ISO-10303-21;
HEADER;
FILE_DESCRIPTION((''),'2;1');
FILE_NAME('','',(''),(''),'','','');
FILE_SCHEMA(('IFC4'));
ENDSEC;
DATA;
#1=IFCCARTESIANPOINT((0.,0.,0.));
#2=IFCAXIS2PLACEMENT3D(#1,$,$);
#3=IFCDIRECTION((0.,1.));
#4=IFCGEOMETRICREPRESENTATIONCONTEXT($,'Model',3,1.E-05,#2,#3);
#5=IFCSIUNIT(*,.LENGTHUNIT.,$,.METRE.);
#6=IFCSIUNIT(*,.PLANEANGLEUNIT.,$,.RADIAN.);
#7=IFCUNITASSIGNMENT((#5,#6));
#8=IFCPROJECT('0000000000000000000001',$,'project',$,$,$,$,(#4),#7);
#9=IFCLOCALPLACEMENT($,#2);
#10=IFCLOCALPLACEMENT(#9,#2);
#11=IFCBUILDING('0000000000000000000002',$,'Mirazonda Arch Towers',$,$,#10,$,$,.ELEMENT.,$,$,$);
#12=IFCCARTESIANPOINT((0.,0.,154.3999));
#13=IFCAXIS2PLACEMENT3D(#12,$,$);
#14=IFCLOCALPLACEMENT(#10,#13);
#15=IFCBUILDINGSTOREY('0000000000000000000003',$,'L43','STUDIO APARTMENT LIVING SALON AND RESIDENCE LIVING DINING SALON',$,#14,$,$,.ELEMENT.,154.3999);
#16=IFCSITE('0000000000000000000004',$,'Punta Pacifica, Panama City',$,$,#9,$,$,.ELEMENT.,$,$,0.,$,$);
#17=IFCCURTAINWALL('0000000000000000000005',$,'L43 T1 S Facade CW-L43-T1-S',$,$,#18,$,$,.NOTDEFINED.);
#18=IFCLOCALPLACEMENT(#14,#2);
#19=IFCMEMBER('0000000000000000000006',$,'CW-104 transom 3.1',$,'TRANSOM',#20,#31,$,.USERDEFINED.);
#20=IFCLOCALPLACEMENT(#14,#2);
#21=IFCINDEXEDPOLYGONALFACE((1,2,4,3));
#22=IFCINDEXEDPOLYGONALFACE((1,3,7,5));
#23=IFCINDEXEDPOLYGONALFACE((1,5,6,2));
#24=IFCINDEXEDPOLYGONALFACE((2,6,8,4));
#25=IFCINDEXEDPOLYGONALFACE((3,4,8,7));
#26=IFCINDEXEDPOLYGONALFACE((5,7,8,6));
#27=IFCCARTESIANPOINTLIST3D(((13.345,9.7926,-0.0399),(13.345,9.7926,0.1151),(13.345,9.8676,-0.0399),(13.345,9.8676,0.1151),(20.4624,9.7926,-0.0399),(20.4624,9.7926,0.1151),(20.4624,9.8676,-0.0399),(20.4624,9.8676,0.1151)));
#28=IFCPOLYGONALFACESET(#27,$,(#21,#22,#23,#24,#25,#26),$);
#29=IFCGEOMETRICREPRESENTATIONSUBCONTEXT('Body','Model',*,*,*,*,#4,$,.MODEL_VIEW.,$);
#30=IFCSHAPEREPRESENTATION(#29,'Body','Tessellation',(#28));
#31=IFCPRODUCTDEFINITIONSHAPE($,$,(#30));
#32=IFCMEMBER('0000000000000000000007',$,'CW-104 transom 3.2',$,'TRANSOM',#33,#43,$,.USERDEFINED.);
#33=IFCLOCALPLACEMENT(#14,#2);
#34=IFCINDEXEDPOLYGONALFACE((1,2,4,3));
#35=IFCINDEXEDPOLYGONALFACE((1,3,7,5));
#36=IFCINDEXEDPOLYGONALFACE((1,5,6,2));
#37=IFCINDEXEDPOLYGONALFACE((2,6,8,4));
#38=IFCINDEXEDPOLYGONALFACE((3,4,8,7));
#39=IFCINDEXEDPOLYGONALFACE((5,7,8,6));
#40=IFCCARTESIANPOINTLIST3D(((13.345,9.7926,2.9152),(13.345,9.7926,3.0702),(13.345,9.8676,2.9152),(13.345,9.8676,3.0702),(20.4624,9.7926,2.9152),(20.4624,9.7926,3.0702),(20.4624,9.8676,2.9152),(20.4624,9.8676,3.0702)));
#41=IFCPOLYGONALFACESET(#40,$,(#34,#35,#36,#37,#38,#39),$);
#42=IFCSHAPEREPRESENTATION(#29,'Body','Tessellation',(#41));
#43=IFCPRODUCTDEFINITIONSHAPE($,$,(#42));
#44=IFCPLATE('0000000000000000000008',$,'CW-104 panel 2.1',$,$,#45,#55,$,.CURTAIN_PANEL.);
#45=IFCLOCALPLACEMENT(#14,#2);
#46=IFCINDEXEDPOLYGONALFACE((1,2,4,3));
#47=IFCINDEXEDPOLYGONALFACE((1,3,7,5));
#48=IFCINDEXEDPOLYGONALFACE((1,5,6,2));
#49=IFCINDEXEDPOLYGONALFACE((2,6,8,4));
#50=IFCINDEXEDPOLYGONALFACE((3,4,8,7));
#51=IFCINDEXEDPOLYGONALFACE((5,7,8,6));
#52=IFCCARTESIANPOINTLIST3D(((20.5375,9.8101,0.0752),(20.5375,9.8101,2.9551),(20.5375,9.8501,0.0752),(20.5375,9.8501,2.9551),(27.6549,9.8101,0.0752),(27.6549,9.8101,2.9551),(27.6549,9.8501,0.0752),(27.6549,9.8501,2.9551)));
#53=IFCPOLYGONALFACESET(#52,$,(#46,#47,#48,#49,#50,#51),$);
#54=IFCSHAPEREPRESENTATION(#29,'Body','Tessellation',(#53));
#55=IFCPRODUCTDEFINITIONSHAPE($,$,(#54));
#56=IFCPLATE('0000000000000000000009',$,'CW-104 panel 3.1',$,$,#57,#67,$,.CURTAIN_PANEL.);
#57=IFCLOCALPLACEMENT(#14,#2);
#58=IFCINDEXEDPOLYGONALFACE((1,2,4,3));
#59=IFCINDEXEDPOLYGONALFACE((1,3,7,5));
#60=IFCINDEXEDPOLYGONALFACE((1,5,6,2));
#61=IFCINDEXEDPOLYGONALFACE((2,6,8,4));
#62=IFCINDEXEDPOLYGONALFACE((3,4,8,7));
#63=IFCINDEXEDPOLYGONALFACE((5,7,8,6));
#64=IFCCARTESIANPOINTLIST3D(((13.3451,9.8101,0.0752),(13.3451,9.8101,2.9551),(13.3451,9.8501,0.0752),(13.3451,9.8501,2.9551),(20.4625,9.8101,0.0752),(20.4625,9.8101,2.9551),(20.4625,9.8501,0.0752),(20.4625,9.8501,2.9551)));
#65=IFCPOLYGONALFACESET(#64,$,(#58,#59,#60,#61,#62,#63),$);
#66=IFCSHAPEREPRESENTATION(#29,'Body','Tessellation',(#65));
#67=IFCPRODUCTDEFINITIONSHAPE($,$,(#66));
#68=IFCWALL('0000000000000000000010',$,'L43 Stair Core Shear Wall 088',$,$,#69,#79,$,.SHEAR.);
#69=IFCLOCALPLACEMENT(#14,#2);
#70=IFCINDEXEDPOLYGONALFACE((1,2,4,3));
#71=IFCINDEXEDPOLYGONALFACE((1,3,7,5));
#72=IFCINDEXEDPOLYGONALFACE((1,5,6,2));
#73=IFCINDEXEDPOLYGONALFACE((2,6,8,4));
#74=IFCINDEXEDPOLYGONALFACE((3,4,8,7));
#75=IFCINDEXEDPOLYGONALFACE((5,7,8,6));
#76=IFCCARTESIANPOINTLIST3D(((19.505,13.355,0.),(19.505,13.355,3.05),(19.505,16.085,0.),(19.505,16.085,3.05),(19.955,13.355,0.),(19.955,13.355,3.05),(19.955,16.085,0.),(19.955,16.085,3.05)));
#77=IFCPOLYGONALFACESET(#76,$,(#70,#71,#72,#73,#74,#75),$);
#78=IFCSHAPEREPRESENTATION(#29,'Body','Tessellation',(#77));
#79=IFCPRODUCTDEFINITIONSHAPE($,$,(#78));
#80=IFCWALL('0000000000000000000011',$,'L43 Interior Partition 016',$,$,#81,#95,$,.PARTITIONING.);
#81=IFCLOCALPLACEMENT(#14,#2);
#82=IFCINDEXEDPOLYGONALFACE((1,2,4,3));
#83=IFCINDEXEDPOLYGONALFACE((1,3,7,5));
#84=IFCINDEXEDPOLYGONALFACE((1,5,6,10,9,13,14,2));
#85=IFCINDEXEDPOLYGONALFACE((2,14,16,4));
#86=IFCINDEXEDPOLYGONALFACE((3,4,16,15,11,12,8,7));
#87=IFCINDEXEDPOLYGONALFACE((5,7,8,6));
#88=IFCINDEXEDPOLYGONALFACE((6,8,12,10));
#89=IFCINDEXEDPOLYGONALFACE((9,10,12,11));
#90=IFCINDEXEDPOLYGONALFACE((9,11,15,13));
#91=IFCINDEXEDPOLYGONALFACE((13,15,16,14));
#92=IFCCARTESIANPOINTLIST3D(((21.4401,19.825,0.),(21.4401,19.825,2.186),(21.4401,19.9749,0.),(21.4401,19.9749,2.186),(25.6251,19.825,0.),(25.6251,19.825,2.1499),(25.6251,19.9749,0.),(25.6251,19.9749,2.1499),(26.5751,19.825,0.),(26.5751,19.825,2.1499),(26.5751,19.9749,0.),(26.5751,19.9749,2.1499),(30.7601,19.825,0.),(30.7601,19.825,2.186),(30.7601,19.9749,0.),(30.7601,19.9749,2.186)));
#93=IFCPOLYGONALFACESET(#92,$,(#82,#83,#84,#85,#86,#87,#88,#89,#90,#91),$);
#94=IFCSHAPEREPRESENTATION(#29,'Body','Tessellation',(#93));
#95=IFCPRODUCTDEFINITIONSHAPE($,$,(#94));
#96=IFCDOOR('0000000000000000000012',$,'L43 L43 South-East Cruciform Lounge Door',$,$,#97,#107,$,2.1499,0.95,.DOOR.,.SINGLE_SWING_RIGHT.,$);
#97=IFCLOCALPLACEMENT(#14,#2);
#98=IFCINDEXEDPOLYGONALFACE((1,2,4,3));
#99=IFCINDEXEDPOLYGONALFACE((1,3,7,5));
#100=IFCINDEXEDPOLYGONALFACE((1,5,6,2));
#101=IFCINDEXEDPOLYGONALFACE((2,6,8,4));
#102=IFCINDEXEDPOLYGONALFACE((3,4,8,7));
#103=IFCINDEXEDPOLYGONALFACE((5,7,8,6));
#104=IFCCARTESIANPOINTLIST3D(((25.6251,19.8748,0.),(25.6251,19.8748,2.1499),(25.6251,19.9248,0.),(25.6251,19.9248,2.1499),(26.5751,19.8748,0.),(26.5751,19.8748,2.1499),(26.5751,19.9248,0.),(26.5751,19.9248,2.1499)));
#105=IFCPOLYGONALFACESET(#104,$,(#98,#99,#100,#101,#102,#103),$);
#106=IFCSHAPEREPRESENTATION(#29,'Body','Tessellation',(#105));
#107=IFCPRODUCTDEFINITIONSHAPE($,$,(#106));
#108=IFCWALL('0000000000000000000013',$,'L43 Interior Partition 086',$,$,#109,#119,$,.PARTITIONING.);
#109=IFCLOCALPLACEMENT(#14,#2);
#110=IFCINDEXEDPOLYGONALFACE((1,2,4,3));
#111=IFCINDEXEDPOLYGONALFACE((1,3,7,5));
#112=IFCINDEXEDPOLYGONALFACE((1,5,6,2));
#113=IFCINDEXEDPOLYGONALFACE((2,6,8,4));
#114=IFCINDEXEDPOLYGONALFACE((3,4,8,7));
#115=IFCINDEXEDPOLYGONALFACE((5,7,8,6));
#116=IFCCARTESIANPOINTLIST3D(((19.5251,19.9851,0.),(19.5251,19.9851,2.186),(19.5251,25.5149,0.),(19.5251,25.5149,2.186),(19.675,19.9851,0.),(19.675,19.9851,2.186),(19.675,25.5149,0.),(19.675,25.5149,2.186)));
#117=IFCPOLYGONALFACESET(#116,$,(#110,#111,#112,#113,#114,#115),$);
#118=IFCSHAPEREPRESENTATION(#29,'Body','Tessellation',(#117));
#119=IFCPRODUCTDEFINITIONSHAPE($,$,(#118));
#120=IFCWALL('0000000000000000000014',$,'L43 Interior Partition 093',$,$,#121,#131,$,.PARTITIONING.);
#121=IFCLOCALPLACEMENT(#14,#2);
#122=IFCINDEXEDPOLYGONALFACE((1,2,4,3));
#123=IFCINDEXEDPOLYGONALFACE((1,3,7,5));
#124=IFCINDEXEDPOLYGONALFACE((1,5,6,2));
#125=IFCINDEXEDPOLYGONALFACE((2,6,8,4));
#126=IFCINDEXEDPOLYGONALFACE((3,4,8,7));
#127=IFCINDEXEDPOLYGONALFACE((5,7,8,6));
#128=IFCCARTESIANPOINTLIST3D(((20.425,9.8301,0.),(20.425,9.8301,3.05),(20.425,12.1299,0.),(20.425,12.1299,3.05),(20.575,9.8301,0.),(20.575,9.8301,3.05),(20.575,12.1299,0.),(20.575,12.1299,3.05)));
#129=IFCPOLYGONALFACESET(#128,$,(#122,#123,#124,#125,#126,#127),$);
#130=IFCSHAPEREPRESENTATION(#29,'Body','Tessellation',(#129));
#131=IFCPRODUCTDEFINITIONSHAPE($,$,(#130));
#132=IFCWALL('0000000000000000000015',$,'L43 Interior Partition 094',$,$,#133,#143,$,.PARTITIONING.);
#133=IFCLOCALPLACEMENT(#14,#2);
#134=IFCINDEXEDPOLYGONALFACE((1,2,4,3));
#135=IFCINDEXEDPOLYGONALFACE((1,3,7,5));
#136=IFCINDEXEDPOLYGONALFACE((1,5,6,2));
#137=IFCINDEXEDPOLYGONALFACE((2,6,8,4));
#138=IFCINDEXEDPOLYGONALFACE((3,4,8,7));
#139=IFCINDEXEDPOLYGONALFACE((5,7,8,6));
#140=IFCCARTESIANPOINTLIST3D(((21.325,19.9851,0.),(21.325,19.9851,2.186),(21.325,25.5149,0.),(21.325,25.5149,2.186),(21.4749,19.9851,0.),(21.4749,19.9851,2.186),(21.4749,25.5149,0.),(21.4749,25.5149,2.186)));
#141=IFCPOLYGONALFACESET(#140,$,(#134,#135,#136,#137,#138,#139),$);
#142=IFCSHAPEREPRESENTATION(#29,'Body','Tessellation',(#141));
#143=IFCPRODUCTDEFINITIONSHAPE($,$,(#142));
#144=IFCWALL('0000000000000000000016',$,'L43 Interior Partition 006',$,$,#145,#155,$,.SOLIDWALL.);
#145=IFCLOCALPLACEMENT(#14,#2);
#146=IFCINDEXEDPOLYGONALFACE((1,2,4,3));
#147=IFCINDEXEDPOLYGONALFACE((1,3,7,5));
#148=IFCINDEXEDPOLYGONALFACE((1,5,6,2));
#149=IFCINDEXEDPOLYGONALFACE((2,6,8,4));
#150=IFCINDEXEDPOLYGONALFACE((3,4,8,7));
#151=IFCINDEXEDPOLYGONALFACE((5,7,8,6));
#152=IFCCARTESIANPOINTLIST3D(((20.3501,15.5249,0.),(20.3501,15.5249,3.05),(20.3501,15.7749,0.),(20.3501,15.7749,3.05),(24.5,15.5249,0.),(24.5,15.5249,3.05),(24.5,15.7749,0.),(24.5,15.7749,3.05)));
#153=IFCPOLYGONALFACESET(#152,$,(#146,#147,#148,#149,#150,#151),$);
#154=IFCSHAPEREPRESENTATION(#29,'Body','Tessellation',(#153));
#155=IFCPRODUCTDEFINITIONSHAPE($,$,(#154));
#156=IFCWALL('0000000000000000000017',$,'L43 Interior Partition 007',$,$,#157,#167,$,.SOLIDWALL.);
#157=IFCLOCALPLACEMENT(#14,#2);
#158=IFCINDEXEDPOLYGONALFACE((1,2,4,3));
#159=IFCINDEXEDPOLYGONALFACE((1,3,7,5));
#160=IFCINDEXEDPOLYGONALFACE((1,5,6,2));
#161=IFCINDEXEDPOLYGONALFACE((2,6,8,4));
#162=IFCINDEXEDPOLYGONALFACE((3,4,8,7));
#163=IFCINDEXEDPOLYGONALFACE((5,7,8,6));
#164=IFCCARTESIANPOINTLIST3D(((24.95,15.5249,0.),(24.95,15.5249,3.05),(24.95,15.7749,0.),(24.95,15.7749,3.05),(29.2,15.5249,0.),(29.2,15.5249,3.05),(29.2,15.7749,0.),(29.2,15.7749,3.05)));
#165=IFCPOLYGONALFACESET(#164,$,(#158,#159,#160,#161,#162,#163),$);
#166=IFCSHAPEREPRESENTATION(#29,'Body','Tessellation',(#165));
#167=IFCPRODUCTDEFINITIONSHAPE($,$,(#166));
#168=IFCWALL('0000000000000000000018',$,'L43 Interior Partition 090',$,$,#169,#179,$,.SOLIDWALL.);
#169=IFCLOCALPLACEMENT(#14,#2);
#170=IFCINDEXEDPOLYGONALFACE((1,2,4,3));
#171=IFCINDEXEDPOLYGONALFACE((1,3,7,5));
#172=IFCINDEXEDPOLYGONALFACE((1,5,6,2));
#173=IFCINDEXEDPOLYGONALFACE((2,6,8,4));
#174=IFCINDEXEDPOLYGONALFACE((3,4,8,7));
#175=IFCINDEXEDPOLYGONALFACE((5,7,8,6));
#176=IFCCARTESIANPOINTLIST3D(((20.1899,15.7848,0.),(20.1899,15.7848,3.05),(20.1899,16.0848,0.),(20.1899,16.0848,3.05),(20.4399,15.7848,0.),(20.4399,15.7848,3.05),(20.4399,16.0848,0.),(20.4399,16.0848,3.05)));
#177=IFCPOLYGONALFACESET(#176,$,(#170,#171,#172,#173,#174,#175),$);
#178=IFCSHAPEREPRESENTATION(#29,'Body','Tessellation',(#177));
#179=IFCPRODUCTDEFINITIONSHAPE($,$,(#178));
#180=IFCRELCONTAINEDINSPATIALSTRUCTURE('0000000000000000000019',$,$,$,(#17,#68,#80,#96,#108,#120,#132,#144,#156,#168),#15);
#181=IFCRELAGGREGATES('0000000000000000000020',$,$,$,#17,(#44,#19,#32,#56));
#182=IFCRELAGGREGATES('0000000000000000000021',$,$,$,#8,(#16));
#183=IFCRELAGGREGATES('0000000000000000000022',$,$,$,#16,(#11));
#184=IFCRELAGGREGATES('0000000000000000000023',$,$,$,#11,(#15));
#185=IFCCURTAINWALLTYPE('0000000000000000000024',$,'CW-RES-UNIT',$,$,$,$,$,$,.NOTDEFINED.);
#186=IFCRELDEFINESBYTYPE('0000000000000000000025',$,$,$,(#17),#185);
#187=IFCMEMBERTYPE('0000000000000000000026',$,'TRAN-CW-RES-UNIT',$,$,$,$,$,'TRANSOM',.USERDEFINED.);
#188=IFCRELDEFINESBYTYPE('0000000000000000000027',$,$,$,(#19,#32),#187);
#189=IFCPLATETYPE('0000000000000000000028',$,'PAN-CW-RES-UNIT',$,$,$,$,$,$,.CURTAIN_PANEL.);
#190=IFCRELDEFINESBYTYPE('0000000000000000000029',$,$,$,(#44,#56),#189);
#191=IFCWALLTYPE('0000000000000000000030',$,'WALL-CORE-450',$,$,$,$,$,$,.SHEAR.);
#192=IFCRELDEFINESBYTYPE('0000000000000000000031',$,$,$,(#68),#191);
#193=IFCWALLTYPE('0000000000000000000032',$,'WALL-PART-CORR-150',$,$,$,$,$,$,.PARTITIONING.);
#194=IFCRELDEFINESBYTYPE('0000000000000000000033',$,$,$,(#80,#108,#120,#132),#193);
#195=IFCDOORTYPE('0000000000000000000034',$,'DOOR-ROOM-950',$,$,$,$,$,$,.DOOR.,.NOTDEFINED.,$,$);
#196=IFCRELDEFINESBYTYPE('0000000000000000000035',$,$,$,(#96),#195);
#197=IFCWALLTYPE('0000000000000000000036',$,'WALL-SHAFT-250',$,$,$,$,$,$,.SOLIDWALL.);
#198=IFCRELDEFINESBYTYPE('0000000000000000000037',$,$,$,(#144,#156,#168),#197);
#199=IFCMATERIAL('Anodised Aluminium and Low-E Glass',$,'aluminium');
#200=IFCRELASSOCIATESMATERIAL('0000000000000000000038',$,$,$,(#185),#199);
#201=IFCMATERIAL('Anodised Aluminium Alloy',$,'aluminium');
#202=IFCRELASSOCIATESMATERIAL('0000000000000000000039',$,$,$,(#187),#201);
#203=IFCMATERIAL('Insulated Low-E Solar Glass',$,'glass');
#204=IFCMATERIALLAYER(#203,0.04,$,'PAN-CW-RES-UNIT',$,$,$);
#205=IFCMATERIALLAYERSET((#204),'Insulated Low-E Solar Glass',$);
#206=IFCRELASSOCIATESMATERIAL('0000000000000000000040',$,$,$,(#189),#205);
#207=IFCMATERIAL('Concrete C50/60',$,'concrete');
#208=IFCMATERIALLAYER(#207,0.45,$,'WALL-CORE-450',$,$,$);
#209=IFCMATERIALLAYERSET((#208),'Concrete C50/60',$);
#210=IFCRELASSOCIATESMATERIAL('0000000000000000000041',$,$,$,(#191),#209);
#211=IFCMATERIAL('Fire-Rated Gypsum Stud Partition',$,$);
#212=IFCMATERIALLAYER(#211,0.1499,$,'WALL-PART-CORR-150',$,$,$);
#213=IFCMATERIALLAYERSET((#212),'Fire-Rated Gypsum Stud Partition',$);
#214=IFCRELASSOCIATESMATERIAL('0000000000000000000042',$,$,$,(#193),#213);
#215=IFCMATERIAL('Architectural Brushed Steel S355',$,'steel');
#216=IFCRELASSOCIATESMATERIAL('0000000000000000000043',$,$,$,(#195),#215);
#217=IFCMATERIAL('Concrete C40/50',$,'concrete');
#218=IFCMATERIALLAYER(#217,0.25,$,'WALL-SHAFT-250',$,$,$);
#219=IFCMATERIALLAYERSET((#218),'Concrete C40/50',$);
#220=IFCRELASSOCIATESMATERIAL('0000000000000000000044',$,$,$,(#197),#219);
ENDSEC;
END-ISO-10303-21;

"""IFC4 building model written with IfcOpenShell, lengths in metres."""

from ifc_helpers import new_model, si_unit, direction, frame, frame_2d, origin, origin_2d, place, context, subcontext, project, spatial, rectangle, extrude, material, layer, layer_set, material_profile, profile_set, type_object, element, fill, aggregate, save


model = new_model("IFC4")

# Units and contexts
model_context = context("Model", 3, precision=1e-05, world=origin(), true_north=direction((0.0, 1.0)))
body_context = subcontext(model_context, "Body", "Model", "MODEL_VIEW")
ifc_project = project(units=[si_unit("LENGTHUNIT", "METRE"), si_unit("PLANEANGLEUNIT", "RADIAN")], contexts=[model_context])

# Site, building, storey
site_placement = place(None, origin())
site = spatial("IfcSite", under=ifc_project, at=site_placement, Name="Punta Pacifica, Panama City", CompositionType="ELEMENT", RefElevation=0.0)
building_placement = place(site_placement, origin())
building = spatial("IfcBuilding", under=site, at=building_placement, Name="Mirazonda Arch Towers", CompositionType="ELEMENT")
storey_placement = place(building_placement, frame((0.0, 0.0, 154.3999)))
storey = spatial("IfcBuildingStorey", under=building, at=storey_placement, Name="L43", Description="STUDIO APARTMENT LIVING SALON AND RESIDENCE LIVING DINING SALON", CompositionType="ELEMENT", Elevation=154.3999)

# Shared definitions
ifc_material_1 = material(Name="Concrete C50/60", Category="concrete")

# Curtain wall, members, plates
ifc_material_2 = material(Name="Anodised Aluminium and Low-E Glass", Category="aluminium")
curtain_wall_type = type_object("IfcCurtainWallType", Name="CW-RES-UNIT", PredefinedType="NOTDEFINED", material=ifc_material_2)
curtain_wall_placement = place(storey_placement, origin())
curtain_wall = element("IfcCurtainWall", 1, at=curtain_wall_placement, inside=storey, type_object=curtain_wall_type, Name="L43 T1 S Facade CW-L43-T1-S", PredefinedType="NOTDEFINED")
ifc_material_3 = material(Name="Anodised Aluminium Alloy", Category="aluminium")
ifc_material_profile_1 = material_profile(ifc_material_3, rectangle(XDim=0.075, YDim=0.155, at=origin_2d()), Name="ALU-TRAN-75x155")
ifc_profile_set_1 = profile_set([ifc_material_profile_1], Name="Anodised Aluminium Alloy")
member_type_1 = type_object("IfcMemberType", Name="TRAN-CW-RES-UNIT", ElementType="TRANSOM", PredefinedType="USERDEFINED", material=ifc_profile_set_1)
member_1_placement = place(storey_placement, frame((20.4624, 9.8301, 0.0376), z_axis=(-1.0, 0.0, 0.0), x_axis=(0.0, -1.0, 0.0)))
member_1 = element("IfcMember", 2, at=member_1_placement, type_object=member_type_1, Name="CW-104 transom 3.1", ObjectType="TRANSOM", PredefinedType="USERDEFINED", context=body_context, shape_type="SweptSolid", body=[
    extrude(rectangle(XDim=0.075, YDim=0.155, at=origin_2d()), origin(), (0.0, 0.0, 1.0), 7.1174),
])
member_2_placement = place(storey_placement, frame((20.4624, 9.8301, 2.9927), z_axis=(-1.0, 0.0, 0.0), x_axis=(0.0, -1.0, 0.0)))
member_2 = element("IfcMember", 3, at=member_2_placement, type_object=member_type_1, Name="CW-104 transom 3.2", ObjectType="TRANSOM", PredefinedType="USERDEFINED", context=body_context, shape_type="SweptSolid", body=[
    extrude(rectangle(XDim=0.075, YDim=0.155, at=origin_2d()), origin(), (0.0, 0.0, 1.0), 7.1174),
])
ifc_material_4 = material(Name="Insulated Low-E Solar Glass", Category="glass")
ifc_layer_1 = layer(ifc_material_4, 0.04, Name="PAN-CW-RES-UNIT")
ifc_layer_set_1 = layer_set([ifc_layer_1], Name="Insulated Low-E Solar Glass")
plate_type = type_object("IfcPlateType", Name="PAN-CW-RES-UNIT", PredefinedType="CURTAIN_PANEL", material=ifc_layer_set_1)
plate_1_placement = place(storey_placement, frame((24.0962, 9.8301, 0.0752), z_axis=(0.0, 0.0, 1.0), x_axis=(-1.0, 0.0, 0.0)))
plate_1 = element("IfcPlate", 4, at=plate_1_placement, type_object=plate_type, Name="CW-104 panel 2.1", PredefinedType="CURTAIN_PANEL", context=body_context, shape_type="SweptSolid", body=[
    extrude(rectangle(XDim=7.1174, YDim=0.04, at=origin_2d()), origin(), (0.0, 0.0, 1.0), 2.8799),
])
plate_2_placement = place(storey_placement, frame((16.9038, 9.8301, 0.0752), z_axis=(0.0, 0.0, 1.0), x_axis=(-1.0, 0.0, 0.0)))
plate_2 = element("IfcPlate", 5, at=plate_2_placement, type_object=plate_type, Name="CW-104 panel 3.1", PredefinedType="CURTAIN_PANEL", context=body_context, shape_type="SweptSolid", body=[
    extrude(rectangle(XDim=7.1174, YDim=0.04, at=origin_2d()), origin(), (0.0, 0.0, 1.0), 2.8799),
])
aggregate(curtain_wall, [plate_1, member_1, member_2, plate_2])

# Wall
ifc_layer_2 = layer(ifc_material_1, 0.45, Name="WALL-CORE-450")
ifc_layer_set_2 = layer_set([ifc_layer_2], Name="Concrete C50/60")
wall_type_1 = type_object("IfcWallType", Name="WALL-CORE-450", PredefinedType="SHEAR", material=ifc_layer_set_2)
wall_1_placement = place(storey_placement, frame((19.73, 13.355, 0.0), z_axis=(0.0, 0.0, 1.0), x_axis=(0.0, 1.0, 0.0)))
element("IfcWall", 6, at=wall_1_placement, inside=storey, type_object=wall_type_1, Name="L43 Stair Core Shear Wall 088", PredefinedType="SHEAR", context=body_context, shape_type="SweptSolid", body=[
    extrude(rectangle(XDim=2.73, YDim=0.45, at=frame_2d((1.365, 0.0))), origin(), (0.0, 0.0, 1.0), 3.05),
])

# Wall, opening, door
ifc_material_5 = material(Name="Fire-Rated Gypsum Stud Partition")
ifc_layer_3 = layer(ifc_material_5, 0.1499, Name="WALL-PART-CORR-150")
ifc_layer_set_3 = layer_set([ifc_layer_3], Name="Fire-Rated Gypsum Stud Partition")
wall_type_2 = type_object("IfcWallType", Name="WALL-PART-CORR-150", PredefinedType="PARTITIONING", material=ifc_layer_set_3)
wall_2_placement = place(storey_placement, frame((21.4399, 19.8999, 0.0), z_axis=(0.0, 0.0, 1.0), x_axis=(1.0, 0.0, 0.0)))
wall_2 = element("IfcWall", 7, at=wall_2_placement, inside=storey, type_object=wall_type_2, Name="L43 Interior Partition 016", PredefinedType="PARTITIONING", context=body_context, shape_type="SweptSolid", body=[
    extrude(rectangle(XDim=9.3201, YDim=0.1499, at=frame_2d((4.6602, 0.0))), origin(), (0.0, 0.0, 1.0), 2.186),
])
opening_placement = place(wall_2_placement, frame((4.1851, 0.0, 0.0)))
opening = element("IfcOpeningElement", 8, at=opening_placement, cuts=wall_2, PredefinedType="OPENING", context=body_context, shape_type="SweptSolid", body=[
    extrude(rectangle(XDim=0.95, YDim=2.1499, at=frame_2d((0.4751, 1.075))), frame((0.0, 0.085, 0.0), z_axis=(0.0, -1.0, 0.0), x_axis=(1.0, 0.0, 0.0)), (0.0, 0.0, 1.0), 0.1699),
])
ifc_material_6 = material(Name="Architectural Brushed Steel S355", Category="steel")
door_type = type_object("IfcDoorType", Name="DOOR-ROOM-950", OperationType="NOTDEFINED", PredefinedType="DOOR", material=ifc_material_6)
door_placement = place(opening_placement, origin())
door = element("IfcDoor", 9, at=door_placement, inside=storey, type_object=door_type, Name="L43 L43 South-East Cruciform Lounge Door", OperationType="SINGLE_SWING_RIGHT", OverallHeight=2.1499, OverallWidth=0.95, PredefinedType="DOOR", context=body_context, shape_type="SweptSolid", body=[
    extrude(rectangle(XDim=0.95, YDim=2.1499, at=frame_2d((0.4751, 1.075))), frame((0.0, 0.0249, 0.0), z_axis=(0.0, -1.0, 0.0), x_axis=(1.0, 0.0, 0.0)), (0.0, 0.0, 1.0), 0.05),
])
fill(opening, door)

# Walls
wall_3_placement = place(storey_placement, frame((19.6001, 19.9851, 0.0), z_axis=(0.0, 0.0, 1.0), x_axis=(0.0, 1.0, 0.0)))
element("IfcWall", 10, at=wall_3_placement, inside=storey, type_object=wall_type_2, Name="L43 Interior Partition 086", PredefinedType="PARTITIONING", context=body_context, shape_type="SweptSolid", body=[
    extrude(rectangle(XDim=5.5298, YDim=0.1499, at=frame_2d((2.7649, 0.0))), origin(), (0.0, 0.0, 1.0), 2.186),
])
wall_4_placement = place(storey_placement, frame((20.5, 9.8301, 0.0), z_axis=(0.0, 0.0, 1.0), x_axis=(0.0, 1.0, 0.0)))
element("IfcWall", 11, at=wall_4_placement, inside=storey, type_object=wall_type_2, Name="L43 Interior Partition 093", PredefinedType="PARTITIONING", context=body_context, shape_type="SweptSolid", body=[
    extrude(rectangle(XDim=2.2998, YDim=0.1499, at=frame_2d((1.1499, 0.0))), origin(), (0.0, 0.0, 1.0), 3.05),
])
wall_5_placement = place(storey_placement, frame((21.3999, 19.9851, 0.0), z_axis=(0.0, 0.0, 1.0), x_axis=(0.0, 1.0, 0.0)))
element("IfcWall", 12, at=wall_5_placement, inside=storey, type_object=wall_type_2, Name="L43 Interior Partition 094", PredefinedType="PARTITIONING", context=body_context, shape_type="SweptSolid", body=[
    extrude(rectangle(XDim=5.5298, YDim=0.1499, at=frame_2d((2.7649, 0.0))), origin(), (0.0, 0.0, 1.0), 2.186),
])
ifc_material_7 = material(Name="Concrete C40/50", Category="concrete")
ifc_layer_4 = layer(ifc_material_7, 0.25, Name="WALL-SHAFT-250")
ifc_layer_set_4 = layer_set([ifc_layer_4], Name="Concrete C40/50")
wall_type_3 = type_object("IfcWallType", Name="WALL-SHAFT-250", PredefinedType="SOLIDWALL", material=ifc_layer_set_4)
wall_6_placement = place(storey_placement, frame((20.3501, 15.6499, 0.0), z_axis=(0.0, 0.0, 1.0), x_axis=(1.0, 0.0, 0.0)))
element("IfcWall", 13, at=wall_6_placement, inside=storey, type_object=wall_type_3, Name="L43 Interior Partition 006", PredefinedType="SOLIDWALL", context=body_context, shape_type="SweptSolid", body=[
    extrude(rectangle(XDim=4.1499, YDim=0.25, at=frame_2d((2.075, 0.0))), origin(), (0.0, 0.0, 1.0), 3.05),
])
wall_7_placement = place(storey_placement, frame((24.95, 15.6499, 0.0), z_axis=(0.0, 0.0, 1.0), x_axis=(1.0, 0.0, 0.0)))
element("IfcWall", 14, at=wall_7_placement, inside=storey, type_object=wall_type_3, Name="L43 Interior Partition 007", PredefinedType="SOLIDWALL", context=body_context, shape_type="SweptSolid", body=[
    extrude(rectangle(XDim=4.25, YDim=0.25, at=frame_2d((2.125, 0.0))), origin(), (0.0, 0.0, 1.0), 3.05),
])
wall_8_placement = place(storey_placement, frame((20.3149, 15.7849, 0.0), z_axis=(0.0, 0.0, 1.0), x_axis=(0.0, 1.0, 0.0)))
element("IfcWall", 15, at=wall_8_placement, inside=storey, type_object=wall_type_3, Name="L43 Interior Partition 090", PredefinedType="SOLIDWALL", context=body_context, shape_type="SweptSolid", body=[
    extrude(rectangle(XDim=0.3, YDim=0.25, at=frame_2d((0.1499, 0.0))), origin(), (0.0, 0.0, 1.0), 3.05),
])

save(model, "model.ifc")
